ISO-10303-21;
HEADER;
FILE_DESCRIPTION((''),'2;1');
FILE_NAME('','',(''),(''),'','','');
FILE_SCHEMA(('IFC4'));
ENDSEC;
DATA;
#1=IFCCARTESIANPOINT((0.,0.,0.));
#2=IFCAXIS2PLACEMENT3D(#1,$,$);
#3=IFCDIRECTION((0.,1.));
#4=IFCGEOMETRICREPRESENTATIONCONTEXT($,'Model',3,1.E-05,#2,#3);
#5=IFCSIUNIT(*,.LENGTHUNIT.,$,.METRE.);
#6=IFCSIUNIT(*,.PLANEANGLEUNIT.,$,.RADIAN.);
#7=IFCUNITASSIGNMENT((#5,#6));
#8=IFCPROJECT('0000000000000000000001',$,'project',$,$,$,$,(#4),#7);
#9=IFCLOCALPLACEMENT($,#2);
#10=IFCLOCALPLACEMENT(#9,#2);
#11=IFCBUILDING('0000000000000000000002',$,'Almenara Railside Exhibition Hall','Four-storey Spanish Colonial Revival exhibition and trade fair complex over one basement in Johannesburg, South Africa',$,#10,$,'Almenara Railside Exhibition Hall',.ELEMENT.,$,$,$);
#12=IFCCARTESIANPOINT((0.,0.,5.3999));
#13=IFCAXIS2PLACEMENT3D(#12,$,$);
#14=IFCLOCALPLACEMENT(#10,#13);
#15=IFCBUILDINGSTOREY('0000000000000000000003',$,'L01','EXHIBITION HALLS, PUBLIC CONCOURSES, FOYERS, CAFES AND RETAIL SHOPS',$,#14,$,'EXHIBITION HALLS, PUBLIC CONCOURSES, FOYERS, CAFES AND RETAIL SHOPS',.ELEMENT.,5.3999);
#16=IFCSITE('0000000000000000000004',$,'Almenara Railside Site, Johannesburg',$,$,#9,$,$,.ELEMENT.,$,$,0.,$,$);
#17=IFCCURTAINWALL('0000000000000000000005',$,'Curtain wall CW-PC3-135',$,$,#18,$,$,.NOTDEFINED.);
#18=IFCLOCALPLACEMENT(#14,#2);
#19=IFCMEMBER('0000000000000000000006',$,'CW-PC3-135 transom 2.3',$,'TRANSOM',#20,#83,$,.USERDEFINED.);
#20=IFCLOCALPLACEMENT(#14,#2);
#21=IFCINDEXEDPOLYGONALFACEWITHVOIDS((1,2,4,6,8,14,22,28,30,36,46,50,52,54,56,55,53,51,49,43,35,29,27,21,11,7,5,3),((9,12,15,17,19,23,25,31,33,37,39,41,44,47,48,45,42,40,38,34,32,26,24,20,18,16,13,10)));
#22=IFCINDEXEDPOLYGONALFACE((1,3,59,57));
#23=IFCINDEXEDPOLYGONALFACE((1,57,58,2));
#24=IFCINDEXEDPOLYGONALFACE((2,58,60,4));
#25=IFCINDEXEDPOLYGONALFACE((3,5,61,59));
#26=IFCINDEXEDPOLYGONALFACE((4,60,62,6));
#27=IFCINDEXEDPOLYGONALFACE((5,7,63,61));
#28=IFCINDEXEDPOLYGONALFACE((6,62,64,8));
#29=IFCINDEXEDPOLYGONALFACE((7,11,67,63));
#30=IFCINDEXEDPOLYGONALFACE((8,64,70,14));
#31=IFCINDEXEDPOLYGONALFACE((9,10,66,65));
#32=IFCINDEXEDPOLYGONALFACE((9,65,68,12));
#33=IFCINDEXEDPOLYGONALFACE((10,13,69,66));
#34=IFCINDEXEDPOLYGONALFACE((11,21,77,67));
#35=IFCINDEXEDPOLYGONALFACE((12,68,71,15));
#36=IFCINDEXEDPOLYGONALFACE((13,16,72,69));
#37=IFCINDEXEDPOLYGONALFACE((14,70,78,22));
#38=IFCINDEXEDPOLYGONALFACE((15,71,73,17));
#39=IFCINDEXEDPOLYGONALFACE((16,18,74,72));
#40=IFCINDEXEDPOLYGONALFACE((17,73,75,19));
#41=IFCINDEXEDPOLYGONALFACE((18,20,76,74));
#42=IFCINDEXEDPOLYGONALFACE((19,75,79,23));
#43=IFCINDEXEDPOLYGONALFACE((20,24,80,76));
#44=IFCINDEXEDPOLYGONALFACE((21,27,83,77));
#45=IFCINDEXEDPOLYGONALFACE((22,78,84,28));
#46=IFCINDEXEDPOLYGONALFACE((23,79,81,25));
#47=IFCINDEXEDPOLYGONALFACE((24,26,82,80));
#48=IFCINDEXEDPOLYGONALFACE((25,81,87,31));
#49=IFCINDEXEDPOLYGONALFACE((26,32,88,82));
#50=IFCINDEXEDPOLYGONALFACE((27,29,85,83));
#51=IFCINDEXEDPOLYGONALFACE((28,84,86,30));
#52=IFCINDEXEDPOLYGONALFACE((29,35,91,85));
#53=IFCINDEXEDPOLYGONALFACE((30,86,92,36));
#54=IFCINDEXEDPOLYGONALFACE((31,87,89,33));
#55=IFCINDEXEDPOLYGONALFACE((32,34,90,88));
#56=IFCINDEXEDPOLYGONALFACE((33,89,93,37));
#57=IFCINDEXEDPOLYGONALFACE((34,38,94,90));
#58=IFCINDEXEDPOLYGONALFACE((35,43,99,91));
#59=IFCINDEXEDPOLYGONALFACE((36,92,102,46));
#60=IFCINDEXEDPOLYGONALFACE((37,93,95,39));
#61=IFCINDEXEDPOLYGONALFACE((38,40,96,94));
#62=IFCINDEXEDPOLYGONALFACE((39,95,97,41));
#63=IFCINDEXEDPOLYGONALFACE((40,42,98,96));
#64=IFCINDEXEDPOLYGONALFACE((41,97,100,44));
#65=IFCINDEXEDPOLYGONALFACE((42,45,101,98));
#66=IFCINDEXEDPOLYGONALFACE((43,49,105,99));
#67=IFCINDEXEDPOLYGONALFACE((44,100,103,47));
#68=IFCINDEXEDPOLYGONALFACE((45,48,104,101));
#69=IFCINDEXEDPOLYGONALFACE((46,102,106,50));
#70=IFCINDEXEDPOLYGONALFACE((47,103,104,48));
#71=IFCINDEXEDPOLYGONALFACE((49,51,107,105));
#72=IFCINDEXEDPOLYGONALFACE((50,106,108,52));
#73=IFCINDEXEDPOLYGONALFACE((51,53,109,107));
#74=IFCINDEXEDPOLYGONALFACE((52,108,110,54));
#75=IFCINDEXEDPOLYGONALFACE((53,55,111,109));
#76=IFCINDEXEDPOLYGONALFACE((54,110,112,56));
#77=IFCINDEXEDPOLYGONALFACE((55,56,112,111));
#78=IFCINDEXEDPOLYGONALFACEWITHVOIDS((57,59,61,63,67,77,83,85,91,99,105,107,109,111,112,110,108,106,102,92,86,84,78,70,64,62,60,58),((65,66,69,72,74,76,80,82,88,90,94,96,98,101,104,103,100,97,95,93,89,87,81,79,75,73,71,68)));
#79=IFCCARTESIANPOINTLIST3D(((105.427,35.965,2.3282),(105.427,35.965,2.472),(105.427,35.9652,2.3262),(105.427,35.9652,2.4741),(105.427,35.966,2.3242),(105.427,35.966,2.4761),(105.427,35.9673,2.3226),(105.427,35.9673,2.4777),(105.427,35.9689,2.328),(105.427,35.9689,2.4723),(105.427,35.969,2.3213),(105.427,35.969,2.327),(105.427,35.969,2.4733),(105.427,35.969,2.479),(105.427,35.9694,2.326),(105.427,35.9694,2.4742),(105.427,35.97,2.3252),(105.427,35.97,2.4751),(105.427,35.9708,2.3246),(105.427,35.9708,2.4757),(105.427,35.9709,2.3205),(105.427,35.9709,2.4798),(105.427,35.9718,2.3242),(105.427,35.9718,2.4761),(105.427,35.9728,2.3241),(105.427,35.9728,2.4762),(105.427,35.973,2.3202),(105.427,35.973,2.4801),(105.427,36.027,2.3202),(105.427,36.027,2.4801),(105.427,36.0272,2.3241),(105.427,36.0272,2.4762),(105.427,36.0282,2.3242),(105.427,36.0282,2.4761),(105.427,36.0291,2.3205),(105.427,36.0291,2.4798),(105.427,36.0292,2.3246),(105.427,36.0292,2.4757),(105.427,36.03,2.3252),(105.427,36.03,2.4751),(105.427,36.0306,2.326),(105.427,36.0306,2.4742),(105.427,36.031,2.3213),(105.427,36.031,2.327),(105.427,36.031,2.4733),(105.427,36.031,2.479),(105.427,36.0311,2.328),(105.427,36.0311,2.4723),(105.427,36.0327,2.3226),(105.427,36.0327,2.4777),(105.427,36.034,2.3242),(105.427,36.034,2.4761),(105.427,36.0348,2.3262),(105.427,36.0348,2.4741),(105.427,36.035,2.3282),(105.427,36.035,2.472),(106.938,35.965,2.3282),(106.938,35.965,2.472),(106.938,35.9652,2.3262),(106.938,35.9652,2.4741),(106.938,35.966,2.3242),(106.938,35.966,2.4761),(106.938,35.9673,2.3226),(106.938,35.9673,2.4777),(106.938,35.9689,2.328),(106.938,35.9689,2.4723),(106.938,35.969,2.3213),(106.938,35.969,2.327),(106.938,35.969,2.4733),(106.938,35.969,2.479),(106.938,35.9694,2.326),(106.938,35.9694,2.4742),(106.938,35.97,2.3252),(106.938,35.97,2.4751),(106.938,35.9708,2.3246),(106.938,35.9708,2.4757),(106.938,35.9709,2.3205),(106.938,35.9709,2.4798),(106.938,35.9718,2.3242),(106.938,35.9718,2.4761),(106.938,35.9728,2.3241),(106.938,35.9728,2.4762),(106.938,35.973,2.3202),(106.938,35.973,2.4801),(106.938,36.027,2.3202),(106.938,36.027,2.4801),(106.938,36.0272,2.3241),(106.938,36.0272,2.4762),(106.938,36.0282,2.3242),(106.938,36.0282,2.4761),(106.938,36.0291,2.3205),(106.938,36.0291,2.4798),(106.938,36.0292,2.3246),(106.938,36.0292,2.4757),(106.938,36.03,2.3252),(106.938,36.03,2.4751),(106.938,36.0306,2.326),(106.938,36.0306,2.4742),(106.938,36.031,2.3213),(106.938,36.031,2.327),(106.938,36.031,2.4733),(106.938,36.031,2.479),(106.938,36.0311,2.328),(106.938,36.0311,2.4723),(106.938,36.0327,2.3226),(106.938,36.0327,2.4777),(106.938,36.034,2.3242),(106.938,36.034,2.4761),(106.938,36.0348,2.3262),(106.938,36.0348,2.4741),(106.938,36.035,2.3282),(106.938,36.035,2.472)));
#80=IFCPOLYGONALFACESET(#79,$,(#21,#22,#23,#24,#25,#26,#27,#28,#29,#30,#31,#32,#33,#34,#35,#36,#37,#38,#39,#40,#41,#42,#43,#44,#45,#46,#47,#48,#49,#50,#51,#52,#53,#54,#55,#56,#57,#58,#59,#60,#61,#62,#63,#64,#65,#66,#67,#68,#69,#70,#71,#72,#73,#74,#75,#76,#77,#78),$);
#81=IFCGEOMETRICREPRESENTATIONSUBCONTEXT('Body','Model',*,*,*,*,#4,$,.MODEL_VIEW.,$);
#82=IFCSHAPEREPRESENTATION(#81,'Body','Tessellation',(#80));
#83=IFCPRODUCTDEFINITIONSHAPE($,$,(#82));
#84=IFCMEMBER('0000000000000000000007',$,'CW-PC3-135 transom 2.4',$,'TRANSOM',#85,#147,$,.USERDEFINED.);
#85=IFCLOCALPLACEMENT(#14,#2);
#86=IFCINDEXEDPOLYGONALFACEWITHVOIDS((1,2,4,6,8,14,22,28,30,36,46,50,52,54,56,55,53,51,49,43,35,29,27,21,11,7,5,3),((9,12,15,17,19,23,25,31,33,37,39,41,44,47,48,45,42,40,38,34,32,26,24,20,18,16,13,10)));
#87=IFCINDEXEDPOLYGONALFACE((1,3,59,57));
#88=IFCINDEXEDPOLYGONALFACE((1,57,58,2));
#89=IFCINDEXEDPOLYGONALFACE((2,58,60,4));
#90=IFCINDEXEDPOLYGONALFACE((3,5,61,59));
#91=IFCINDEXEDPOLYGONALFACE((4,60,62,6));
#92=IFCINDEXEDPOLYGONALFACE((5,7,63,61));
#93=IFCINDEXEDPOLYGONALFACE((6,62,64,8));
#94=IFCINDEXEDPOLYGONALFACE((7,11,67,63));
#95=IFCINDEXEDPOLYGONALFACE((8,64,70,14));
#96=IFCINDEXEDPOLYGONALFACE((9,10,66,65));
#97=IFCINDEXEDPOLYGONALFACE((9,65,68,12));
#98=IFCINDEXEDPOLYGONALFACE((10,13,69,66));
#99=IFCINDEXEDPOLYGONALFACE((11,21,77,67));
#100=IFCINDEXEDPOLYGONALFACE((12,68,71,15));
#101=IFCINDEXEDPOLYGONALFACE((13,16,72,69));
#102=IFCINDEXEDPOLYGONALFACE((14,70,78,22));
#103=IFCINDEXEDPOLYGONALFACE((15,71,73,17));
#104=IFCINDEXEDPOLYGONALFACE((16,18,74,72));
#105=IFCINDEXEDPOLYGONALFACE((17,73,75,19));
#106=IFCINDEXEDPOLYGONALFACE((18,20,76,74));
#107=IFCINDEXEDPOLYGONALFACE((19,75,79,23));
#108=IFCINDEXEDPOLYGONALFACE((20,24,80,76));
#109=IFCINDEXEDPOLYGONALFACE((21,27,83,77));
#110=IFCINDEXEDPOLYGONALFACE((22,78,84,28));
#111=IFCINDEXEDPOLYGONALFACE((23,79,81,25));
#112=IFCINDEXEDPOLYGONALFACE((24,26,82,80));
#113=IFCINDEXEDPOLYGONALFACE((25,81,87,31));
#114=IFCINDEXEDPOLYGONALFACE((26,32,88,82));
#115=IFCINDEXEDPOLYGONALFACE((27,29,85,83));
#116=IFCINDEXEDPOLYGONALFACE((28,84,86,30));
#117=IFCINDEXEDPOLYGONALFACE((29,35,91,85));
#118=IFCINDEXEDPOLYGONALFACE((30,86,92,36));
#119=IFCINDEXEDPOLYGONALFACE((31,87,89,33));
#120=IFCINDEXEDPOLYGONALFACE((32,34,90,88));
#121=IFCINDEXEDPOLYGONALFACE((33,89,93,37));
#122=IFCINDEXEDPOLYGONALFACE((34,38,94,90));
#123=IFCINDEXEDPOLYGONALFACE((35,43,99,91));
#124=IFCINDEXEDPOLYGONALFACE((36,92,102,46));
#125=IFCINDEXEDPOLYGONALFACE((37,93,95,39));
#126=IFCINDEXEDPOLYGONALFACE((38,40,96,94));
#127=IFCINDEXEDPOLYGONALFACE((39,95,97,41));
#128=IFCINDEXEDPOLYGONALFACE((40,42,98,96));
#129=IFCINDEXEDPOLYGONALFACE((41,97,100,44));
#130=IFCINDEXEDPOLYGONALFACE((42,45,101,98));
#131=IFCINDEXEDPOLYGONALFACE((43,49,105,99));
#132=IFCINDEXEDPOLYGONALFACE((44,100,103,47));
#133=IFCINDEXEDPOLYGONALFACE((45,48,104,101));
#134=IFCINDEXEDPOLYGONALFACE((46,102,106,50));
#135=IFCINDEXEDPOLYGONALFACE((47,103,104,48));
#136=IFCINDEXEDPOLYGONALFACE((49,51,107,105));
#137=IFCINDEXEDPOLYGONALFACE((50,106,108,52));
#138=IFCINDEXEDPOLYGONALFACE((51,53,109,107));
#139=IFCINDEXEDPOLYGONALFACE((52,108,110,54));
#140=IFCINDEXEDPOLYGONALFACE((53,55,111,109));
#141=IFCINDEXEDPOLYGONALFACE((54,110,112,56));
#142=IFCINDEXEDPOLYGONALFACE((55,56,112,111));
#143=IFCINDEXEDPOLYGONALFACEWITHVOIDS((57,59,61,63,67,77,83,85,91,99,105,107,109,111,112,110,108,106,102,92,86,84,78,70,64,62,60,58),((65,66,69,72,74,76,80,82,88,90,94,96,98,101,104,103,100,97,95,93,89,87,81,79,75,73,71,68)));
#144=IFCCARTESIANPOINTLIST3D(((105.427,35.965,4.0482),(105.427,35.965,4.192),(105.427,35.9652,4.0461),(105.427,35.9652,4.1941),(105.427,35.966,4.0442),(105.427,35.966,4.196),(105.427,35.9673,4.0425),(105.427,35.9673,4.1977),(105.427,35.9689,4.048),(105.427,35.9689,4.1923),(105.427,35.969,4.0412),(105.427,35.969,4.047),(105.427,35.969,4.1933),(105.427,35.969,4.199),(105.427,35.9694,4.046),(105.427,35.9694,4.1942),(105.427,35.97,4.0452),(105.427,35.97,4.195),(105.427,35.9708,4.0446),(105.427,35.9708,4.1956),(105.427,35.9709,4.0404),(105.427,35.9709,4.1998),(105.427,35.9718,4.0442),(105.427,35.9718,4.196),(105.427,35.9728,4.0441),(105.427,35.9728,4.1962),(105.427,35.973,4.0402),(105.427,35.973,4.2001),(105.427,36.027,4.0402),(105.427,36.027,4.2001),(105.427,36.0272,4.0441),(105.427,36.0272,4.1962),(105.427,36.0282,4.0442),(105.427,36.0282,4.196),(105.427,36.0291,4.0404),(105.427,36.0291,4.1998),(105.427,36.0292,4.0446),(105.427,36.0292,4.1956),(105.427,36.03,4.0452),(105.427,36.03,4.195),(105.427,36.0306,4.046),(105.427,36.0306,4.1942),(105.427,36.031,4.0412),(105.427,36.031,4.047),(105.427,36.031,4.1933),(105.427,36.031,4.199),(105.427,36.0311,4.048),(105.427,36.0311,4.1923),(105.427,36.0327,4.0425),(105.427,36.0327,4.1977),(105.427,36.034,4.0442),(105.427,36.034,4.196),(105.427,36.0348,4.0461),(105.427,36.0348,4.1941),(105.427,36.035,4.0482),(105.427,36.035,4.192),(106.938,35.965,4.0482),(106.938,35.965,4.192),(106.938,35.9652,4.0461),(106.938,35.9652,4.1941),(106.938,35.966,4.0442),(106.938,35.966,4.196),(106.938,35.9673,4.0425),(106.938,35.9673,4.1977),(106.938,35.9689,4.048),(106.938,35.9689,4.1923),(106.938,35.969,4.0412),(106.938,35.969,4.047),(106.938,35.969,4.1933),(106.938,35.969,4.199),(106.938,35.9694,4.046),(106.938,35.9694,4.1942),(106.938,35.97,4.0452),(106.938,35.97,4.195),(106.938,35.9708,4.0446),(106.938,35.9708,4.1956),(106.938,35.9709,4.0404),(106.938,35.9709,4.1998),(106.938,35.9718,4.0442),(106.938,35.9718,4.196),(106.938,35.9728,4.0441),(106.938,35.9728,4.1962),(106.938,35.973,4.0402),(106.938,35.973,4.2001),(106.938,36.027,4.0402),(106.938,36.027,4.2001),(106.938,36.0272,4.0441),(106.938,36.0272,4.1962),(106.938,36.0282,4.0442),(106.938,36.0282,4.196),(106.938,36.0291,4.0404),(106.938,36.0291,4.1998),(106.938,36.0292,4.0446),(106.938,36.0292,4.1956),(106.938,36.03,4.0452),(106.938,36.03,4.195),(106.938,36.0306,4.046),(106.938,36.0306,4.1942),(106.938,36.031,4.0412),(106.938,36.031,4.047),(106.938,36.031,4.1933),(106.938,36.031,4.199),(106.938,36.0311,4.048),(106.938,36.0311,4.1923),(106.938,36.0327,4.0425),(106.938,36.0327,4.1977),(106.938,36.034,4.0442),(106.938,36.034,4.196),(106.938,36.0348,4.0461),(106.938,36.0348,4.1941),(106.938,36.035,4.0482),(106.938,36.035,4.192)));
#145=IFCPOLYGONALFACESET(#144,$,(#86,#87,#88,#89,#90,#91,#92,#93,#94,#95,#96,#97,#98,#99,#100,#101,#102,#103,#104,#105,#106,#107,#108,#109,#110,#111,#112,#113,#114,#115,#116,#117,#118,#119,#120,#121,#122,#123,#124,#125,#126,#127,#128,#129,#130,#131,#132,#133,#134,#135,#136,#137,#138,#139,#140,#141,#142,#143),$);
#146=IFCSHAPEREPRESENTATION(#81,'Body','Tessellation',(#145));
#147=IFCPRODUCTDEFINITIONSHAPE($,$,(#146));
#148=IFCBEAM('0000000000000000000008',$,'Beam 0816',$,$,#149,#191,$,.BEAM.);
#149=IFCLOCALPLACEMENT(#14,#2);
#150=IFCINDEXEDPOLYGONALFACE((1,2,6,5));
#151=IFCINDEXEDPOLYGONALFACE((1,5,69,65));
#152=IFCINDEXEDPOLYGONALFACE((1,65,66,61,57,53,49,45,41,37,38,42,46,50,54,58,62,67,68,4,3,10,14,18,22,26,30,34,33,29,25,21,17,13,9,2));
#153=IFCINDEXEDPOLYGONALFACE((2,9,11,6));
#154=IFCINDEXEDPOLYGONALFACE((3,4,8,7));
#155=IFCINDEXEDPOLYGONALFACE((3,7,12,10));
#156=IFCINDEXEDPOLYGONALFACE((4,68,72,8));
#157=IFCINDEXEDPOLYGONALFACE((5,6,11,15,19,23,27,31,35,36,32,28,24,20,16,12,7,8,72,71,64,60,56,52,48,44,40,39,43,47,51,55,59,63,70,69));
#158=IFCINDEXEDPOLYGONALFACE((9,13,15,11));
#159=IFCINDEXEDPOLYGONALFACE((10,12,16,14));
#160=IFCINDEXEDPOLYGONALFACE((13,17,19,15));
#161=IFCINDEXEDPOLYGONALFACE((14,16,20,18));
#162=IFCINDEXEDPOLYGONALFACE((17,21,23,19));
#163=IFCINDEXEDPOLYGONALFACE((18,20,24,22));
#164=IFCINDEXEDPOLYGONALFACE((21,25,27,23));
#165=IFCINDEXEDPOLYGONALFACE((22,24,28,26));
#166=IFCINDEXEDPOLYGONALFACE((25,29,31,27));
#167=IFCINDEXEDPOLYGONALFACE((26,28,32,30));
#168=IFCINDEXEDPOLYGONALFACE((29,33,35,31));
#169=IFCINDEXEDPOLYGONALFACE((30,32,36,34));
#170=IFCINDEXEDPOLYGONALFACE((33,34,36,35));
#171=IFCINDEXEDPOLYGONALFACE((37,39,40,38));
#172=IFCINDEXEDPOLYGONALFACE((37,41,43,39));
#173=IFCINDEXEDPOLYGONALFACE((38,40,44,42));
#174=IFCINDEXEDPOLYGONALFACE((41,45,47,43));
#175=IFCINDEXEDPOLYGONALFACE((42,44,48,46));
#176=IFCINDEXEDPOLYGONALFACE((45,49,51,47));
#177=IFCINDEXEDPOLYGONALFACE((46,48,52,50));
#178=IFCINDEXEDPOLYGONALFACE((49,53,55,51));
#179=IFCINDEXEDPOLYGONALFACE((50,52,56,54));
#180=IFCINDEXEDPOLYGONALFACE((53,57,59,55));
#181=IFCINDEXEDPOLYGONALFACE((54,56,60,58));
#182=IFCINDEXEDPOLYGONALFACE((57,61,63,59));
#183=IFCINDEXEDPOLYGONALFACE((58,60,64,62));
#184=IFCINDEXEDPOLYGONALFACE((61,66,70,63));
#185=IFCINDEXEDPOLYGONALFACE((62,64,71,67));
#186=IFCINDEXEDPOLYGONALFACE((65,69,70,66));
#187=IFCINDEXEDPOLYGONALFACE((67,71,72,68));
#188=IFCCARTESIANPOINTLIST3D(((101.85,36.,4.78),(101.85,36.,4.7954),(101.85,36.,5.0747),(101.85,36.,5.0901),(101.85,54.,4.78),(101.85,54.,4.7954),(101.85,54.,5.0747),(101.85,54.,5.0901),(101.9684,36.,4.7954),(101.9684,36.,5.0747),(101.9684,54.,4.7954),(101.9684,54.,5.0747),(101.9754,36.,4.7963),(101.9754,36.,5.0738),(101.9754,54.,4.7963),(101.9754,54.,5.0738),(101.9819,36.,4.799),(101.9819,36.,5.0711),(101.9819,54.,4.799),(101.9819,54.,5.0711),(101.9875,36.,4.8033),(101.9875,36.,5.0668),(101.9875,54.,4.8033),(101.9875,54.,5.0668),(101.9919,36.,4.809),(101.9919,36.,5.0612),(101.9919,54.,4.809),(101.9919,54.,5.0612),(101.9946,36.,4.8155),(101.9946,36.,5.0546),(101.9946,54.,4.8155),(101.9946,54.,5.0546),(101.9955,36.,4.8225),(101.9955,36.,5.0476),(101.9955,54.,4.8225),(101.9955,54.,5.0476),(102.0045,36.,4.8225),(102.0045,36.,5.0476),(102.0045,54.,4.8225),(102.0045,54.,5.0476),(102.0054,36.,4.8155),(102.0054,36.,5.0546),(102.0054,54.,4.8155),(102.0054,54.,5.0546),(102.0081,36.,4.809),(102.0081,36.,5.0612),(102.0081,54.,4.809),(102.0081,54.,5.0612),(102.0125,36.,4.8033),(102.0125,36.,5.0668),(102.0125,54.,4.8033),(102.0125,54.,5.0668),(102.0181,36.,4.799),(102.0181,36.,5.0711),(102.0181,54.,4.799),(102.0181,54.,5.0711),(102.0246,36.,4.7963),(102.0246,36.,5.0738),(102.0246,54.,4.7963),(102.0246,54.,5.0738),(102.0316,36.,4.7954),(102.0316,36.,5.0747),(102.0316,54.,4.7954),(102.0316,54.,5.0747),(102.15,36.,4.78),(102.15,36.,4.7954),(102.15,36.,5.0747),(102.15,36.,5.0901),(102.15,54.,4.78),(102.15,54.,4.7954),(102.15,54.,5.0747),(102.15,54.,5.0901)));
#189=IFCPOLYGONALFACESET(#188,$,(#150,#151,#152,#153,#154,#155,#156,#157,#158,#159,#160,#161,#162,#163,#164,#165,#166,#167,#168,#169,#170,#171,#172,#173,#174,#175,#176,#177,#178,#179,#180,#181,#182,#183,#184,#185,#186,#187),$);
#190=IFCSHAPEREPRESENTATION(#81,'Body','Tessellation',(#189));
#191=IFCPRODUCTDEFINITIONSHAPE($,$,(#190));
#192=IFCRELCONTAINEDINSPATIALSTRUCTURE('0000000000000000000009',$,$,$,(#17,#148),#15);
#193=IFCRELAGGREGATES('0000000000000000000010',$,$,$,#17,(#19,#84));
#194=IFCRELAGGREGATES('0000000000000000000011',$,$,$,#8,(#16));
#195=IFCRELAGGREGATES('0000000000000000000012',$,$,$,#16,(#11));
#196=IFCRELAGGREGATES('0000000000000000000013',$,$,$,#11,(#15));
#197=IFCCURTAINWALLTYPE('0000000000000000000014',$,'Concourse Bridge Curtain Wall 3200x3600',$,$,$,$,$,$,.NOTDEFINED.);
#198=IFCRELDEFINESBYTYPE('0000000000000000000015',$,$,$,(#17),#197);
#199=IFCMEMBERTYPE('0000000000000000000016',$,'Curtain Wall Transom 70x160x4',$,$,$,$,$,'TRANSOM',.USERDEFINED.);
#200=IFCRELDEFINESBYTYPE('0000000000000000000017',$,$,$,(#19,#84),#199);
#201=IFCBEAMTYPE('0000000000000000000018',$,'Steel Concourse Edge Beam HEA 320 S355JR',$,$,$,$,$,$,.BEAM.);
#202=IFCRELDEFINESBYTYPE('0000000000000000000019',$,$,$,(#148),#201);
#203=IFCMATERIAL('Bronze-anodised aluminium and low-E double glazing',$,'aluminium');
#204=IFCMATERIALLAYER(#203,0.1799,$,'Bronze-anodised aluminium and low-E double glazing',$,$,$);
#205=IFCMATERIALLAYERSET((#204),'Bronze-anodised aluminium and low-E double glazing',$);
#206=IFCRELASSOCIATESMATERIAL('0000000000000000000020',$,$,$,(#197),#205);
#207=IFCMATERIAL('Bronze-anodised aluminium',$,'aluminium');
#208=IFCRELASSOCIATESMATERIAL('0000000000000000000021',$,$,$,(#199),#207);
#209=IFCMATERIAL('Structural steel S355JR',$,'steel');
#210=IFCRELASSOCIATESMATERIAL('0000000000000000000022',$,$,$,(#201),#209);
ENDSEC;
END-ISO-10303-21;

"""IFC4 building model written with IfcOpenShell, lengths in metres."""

from ifc_helpers import new_model, si_unit, direction, frame, origin, origin_2d, place, context, subcontext, project, spatial, hollow_rectangle, i_section, extrude, material, layer, layer_set, material_profile, profile_set, type_object, element, aggregate, save


model = new_model("IFC4")

# Units and contexts
model_context = context("Model", 3, precision=1e-05, world=origin(), true_north=direction((0.0, 1.0)))
body_context = subcontext(model_context, "Body", "Model", "MODEL_VIEW")
ifc_project = project(units=[si_unit("LENGTHUNIT", "METRE"), si_unit("PLANEANGLEUNIT", "RADIAN")], contexts=[model_context])

# Site, building, storey
site_placement = place(None, origin())
site = spatial("IfcSite", under=ifc_project, at=site_placement, Name="Almenara Railside Site, Johannesburg", CompositionType="ELEMENT", RefElevation=0.0)
building_placement = place(site_placement, origin())
building = spatial("IfcBuilding", under=site, at=building_placement, Name="Almenara Railside Exhibition Hall", Description="Four-storey Spanish Colonial Revival exhibition and trade fair complex over one basement in Johannesburg, South Africa", LongName="Almenara Railside Exhibition Hall", CompositionType="ELEMENT")
storey_placement = place(building_placement, frame((0.0, 0.0, 5.3999)))
storey = spatial("IfcBuildingStorey", under=building, at=storey_placement, Name="L01", Description="EXHIBITION HALLS, PUBLIC CONCOURSES, FOYERS, CAFES AND RETAIL SHOPS", LongName="EXHIBITION HALLS, PUBLIC CONCOURSES, FOYERS, CAFES AND RETAIL SHOPS", CompositionType="ELEMENT", Elevation=5.3999)

# Shared definitions
ifc_material_1 = material(Name="Bronze-anodised aluminium and low-E double glazing", Category="aluminium")
ifc_layer_1 = layer(ifc_material_1, 0.1799, Name="Bronze-anodised aluminium and low-E double glazing")
ifc_layer_set_1 = layer_set([ifc_layer_1], Name="Bronze-anodised aluminium and low-E double glazing")
curtain_wall_type = type_object("IfcCurtainWallType", Name="Concourse Bridge Curtain Wall 3200x3600", PredefinedType="NOTDEFINED", material=ifc_layer_set_1)
ifc_material_2 = material(Name="Bronze-anodised aluminium", Category="aluminium")

# Curtain wall, members
curtain_wall_1_placement = place(storey_placement, origin())
curtain_wall_1 = element("IfcCurtainWall", 1, at=curtain_wall_1_placement, inside=storey, type_object=curtain_wall_type, Name="Curtain wall CW-PC3-135", PredefinedType="NOTDEFINED")
ifc_material_profile_1 = material_profile(ifc_material_2, hollow_rectangle(XDim=0.0701, YDim=0.1599, WallThickness=0.0039, InnerFilletRadius=0.0039, OuterFilletRadius=0.0081, at=origin_2d()), Name="ALU-TRN 70x160x4")
ifc_profile_set_1 = profile_set([ifc_material_profile_1], Name="Bronze-anodised aluminium")
member_type_1 = type_object("IfcMemberType", Name="Curtain Wall Transom 70x160x4", ElementType="TRANSOM", PredefinedType="USERDEFINED", material=ifc_profile_set_1)
member_1_placement = place(storey_placement, frame((105.427, 36.0, 2.4001), z_axis=(1.0, 0.0, 0.0), x_axis=(0.0, 1.0, 0.0)))
member_1 = element("IfcMember", 2, at=member_1_placement, type_object=member_type_1, Name="CW-PC3-135 transom 2.3", ObjectType="TRANSOM", PredefinedType="USERDEFINED", context=body_context, shape_type="SweptSolid", body=[
    extrude(hollow_rectangle(XDim=0.0701, YDim=0.1599, WallThickness=0.0039, InnerFilletRadius=0.0039, OuterFilletRadius=0.0081, at=origin_2d()), origin(), (0.0, 0.0, 1.0), 1.511),
])
member_2_placement = place(storey_placement, frame((105.427, 36.0, 4.1201), z_axis=(1.0, 0.0, 0.0), x_axis=(0.0, 1.0, 0.0)))
member_2 = element("IfcMember", 3, at=member_2_placement, type_object=member_type_1, Name="CW-PC3-135 transom 2.4", ObjectType="TRANSOM", PredefinedType="USERDEFINED", context=body_context, shape_type="SweptSolid", body=[
    extrude(hollow_rectangle(XDim=0.0701, YDim=0.1599, WallThickness=0.0039, InnerFilletRadius=0.0039, OuterFilletRadius=0.0081, at=origin_2d()), origin(), (0.0, 0.0, 1.0), 1.511),
])

# Beam
ifc_material_3 = material(Name="Structural steel S355JR", Category="steel")
ifc_material_profile_2 = material_profile(ifc_material_3, i_section(OverallWidth=0.3, OverallDepth=0.3101, WebThickness=0.009, FlangeThickness=0.0154, FilletRadius=0.0271, at=origin_2d()), Name="HEA 320")
ifc_profile_set_2 = profile_set([ifc_material_profile_2], Name="Structural steel S355JR")
beam_type_1 = type_object("IfcBeamType", Name="Steel Concourse Edge Beam HEA 320 S355JR", PredefinedType="BEAM", material=ifc_profile_set_2)
beam_1_placement = place(storey_placement, frame((102.0, 36.0, 4.9351), z_axis=(0.0, 1.0, 0.0), x_axis=(-1.0, 0.0, 0.0)))
element("IfcBeam", 4, at=beam_1_placement, inside=storey, type_object=beam_type_1, Name="Beam 0816", PredefinedType="BEAM", context=body_context, shape_type="SweptSolid", body=[
    extrude(i_section(OverallWidth=0.3, OverallDepth=0.3101, WebThickness=0.009, FlangeThickness=0.0154, FilletRadius=0.0271, at=origin_2d()), origin(), (0.0, 0.0, 1.0), 18.0),
])

aggregate(curtain_wall_1, [member_1, member_2])

save(model, "model.ifc")
